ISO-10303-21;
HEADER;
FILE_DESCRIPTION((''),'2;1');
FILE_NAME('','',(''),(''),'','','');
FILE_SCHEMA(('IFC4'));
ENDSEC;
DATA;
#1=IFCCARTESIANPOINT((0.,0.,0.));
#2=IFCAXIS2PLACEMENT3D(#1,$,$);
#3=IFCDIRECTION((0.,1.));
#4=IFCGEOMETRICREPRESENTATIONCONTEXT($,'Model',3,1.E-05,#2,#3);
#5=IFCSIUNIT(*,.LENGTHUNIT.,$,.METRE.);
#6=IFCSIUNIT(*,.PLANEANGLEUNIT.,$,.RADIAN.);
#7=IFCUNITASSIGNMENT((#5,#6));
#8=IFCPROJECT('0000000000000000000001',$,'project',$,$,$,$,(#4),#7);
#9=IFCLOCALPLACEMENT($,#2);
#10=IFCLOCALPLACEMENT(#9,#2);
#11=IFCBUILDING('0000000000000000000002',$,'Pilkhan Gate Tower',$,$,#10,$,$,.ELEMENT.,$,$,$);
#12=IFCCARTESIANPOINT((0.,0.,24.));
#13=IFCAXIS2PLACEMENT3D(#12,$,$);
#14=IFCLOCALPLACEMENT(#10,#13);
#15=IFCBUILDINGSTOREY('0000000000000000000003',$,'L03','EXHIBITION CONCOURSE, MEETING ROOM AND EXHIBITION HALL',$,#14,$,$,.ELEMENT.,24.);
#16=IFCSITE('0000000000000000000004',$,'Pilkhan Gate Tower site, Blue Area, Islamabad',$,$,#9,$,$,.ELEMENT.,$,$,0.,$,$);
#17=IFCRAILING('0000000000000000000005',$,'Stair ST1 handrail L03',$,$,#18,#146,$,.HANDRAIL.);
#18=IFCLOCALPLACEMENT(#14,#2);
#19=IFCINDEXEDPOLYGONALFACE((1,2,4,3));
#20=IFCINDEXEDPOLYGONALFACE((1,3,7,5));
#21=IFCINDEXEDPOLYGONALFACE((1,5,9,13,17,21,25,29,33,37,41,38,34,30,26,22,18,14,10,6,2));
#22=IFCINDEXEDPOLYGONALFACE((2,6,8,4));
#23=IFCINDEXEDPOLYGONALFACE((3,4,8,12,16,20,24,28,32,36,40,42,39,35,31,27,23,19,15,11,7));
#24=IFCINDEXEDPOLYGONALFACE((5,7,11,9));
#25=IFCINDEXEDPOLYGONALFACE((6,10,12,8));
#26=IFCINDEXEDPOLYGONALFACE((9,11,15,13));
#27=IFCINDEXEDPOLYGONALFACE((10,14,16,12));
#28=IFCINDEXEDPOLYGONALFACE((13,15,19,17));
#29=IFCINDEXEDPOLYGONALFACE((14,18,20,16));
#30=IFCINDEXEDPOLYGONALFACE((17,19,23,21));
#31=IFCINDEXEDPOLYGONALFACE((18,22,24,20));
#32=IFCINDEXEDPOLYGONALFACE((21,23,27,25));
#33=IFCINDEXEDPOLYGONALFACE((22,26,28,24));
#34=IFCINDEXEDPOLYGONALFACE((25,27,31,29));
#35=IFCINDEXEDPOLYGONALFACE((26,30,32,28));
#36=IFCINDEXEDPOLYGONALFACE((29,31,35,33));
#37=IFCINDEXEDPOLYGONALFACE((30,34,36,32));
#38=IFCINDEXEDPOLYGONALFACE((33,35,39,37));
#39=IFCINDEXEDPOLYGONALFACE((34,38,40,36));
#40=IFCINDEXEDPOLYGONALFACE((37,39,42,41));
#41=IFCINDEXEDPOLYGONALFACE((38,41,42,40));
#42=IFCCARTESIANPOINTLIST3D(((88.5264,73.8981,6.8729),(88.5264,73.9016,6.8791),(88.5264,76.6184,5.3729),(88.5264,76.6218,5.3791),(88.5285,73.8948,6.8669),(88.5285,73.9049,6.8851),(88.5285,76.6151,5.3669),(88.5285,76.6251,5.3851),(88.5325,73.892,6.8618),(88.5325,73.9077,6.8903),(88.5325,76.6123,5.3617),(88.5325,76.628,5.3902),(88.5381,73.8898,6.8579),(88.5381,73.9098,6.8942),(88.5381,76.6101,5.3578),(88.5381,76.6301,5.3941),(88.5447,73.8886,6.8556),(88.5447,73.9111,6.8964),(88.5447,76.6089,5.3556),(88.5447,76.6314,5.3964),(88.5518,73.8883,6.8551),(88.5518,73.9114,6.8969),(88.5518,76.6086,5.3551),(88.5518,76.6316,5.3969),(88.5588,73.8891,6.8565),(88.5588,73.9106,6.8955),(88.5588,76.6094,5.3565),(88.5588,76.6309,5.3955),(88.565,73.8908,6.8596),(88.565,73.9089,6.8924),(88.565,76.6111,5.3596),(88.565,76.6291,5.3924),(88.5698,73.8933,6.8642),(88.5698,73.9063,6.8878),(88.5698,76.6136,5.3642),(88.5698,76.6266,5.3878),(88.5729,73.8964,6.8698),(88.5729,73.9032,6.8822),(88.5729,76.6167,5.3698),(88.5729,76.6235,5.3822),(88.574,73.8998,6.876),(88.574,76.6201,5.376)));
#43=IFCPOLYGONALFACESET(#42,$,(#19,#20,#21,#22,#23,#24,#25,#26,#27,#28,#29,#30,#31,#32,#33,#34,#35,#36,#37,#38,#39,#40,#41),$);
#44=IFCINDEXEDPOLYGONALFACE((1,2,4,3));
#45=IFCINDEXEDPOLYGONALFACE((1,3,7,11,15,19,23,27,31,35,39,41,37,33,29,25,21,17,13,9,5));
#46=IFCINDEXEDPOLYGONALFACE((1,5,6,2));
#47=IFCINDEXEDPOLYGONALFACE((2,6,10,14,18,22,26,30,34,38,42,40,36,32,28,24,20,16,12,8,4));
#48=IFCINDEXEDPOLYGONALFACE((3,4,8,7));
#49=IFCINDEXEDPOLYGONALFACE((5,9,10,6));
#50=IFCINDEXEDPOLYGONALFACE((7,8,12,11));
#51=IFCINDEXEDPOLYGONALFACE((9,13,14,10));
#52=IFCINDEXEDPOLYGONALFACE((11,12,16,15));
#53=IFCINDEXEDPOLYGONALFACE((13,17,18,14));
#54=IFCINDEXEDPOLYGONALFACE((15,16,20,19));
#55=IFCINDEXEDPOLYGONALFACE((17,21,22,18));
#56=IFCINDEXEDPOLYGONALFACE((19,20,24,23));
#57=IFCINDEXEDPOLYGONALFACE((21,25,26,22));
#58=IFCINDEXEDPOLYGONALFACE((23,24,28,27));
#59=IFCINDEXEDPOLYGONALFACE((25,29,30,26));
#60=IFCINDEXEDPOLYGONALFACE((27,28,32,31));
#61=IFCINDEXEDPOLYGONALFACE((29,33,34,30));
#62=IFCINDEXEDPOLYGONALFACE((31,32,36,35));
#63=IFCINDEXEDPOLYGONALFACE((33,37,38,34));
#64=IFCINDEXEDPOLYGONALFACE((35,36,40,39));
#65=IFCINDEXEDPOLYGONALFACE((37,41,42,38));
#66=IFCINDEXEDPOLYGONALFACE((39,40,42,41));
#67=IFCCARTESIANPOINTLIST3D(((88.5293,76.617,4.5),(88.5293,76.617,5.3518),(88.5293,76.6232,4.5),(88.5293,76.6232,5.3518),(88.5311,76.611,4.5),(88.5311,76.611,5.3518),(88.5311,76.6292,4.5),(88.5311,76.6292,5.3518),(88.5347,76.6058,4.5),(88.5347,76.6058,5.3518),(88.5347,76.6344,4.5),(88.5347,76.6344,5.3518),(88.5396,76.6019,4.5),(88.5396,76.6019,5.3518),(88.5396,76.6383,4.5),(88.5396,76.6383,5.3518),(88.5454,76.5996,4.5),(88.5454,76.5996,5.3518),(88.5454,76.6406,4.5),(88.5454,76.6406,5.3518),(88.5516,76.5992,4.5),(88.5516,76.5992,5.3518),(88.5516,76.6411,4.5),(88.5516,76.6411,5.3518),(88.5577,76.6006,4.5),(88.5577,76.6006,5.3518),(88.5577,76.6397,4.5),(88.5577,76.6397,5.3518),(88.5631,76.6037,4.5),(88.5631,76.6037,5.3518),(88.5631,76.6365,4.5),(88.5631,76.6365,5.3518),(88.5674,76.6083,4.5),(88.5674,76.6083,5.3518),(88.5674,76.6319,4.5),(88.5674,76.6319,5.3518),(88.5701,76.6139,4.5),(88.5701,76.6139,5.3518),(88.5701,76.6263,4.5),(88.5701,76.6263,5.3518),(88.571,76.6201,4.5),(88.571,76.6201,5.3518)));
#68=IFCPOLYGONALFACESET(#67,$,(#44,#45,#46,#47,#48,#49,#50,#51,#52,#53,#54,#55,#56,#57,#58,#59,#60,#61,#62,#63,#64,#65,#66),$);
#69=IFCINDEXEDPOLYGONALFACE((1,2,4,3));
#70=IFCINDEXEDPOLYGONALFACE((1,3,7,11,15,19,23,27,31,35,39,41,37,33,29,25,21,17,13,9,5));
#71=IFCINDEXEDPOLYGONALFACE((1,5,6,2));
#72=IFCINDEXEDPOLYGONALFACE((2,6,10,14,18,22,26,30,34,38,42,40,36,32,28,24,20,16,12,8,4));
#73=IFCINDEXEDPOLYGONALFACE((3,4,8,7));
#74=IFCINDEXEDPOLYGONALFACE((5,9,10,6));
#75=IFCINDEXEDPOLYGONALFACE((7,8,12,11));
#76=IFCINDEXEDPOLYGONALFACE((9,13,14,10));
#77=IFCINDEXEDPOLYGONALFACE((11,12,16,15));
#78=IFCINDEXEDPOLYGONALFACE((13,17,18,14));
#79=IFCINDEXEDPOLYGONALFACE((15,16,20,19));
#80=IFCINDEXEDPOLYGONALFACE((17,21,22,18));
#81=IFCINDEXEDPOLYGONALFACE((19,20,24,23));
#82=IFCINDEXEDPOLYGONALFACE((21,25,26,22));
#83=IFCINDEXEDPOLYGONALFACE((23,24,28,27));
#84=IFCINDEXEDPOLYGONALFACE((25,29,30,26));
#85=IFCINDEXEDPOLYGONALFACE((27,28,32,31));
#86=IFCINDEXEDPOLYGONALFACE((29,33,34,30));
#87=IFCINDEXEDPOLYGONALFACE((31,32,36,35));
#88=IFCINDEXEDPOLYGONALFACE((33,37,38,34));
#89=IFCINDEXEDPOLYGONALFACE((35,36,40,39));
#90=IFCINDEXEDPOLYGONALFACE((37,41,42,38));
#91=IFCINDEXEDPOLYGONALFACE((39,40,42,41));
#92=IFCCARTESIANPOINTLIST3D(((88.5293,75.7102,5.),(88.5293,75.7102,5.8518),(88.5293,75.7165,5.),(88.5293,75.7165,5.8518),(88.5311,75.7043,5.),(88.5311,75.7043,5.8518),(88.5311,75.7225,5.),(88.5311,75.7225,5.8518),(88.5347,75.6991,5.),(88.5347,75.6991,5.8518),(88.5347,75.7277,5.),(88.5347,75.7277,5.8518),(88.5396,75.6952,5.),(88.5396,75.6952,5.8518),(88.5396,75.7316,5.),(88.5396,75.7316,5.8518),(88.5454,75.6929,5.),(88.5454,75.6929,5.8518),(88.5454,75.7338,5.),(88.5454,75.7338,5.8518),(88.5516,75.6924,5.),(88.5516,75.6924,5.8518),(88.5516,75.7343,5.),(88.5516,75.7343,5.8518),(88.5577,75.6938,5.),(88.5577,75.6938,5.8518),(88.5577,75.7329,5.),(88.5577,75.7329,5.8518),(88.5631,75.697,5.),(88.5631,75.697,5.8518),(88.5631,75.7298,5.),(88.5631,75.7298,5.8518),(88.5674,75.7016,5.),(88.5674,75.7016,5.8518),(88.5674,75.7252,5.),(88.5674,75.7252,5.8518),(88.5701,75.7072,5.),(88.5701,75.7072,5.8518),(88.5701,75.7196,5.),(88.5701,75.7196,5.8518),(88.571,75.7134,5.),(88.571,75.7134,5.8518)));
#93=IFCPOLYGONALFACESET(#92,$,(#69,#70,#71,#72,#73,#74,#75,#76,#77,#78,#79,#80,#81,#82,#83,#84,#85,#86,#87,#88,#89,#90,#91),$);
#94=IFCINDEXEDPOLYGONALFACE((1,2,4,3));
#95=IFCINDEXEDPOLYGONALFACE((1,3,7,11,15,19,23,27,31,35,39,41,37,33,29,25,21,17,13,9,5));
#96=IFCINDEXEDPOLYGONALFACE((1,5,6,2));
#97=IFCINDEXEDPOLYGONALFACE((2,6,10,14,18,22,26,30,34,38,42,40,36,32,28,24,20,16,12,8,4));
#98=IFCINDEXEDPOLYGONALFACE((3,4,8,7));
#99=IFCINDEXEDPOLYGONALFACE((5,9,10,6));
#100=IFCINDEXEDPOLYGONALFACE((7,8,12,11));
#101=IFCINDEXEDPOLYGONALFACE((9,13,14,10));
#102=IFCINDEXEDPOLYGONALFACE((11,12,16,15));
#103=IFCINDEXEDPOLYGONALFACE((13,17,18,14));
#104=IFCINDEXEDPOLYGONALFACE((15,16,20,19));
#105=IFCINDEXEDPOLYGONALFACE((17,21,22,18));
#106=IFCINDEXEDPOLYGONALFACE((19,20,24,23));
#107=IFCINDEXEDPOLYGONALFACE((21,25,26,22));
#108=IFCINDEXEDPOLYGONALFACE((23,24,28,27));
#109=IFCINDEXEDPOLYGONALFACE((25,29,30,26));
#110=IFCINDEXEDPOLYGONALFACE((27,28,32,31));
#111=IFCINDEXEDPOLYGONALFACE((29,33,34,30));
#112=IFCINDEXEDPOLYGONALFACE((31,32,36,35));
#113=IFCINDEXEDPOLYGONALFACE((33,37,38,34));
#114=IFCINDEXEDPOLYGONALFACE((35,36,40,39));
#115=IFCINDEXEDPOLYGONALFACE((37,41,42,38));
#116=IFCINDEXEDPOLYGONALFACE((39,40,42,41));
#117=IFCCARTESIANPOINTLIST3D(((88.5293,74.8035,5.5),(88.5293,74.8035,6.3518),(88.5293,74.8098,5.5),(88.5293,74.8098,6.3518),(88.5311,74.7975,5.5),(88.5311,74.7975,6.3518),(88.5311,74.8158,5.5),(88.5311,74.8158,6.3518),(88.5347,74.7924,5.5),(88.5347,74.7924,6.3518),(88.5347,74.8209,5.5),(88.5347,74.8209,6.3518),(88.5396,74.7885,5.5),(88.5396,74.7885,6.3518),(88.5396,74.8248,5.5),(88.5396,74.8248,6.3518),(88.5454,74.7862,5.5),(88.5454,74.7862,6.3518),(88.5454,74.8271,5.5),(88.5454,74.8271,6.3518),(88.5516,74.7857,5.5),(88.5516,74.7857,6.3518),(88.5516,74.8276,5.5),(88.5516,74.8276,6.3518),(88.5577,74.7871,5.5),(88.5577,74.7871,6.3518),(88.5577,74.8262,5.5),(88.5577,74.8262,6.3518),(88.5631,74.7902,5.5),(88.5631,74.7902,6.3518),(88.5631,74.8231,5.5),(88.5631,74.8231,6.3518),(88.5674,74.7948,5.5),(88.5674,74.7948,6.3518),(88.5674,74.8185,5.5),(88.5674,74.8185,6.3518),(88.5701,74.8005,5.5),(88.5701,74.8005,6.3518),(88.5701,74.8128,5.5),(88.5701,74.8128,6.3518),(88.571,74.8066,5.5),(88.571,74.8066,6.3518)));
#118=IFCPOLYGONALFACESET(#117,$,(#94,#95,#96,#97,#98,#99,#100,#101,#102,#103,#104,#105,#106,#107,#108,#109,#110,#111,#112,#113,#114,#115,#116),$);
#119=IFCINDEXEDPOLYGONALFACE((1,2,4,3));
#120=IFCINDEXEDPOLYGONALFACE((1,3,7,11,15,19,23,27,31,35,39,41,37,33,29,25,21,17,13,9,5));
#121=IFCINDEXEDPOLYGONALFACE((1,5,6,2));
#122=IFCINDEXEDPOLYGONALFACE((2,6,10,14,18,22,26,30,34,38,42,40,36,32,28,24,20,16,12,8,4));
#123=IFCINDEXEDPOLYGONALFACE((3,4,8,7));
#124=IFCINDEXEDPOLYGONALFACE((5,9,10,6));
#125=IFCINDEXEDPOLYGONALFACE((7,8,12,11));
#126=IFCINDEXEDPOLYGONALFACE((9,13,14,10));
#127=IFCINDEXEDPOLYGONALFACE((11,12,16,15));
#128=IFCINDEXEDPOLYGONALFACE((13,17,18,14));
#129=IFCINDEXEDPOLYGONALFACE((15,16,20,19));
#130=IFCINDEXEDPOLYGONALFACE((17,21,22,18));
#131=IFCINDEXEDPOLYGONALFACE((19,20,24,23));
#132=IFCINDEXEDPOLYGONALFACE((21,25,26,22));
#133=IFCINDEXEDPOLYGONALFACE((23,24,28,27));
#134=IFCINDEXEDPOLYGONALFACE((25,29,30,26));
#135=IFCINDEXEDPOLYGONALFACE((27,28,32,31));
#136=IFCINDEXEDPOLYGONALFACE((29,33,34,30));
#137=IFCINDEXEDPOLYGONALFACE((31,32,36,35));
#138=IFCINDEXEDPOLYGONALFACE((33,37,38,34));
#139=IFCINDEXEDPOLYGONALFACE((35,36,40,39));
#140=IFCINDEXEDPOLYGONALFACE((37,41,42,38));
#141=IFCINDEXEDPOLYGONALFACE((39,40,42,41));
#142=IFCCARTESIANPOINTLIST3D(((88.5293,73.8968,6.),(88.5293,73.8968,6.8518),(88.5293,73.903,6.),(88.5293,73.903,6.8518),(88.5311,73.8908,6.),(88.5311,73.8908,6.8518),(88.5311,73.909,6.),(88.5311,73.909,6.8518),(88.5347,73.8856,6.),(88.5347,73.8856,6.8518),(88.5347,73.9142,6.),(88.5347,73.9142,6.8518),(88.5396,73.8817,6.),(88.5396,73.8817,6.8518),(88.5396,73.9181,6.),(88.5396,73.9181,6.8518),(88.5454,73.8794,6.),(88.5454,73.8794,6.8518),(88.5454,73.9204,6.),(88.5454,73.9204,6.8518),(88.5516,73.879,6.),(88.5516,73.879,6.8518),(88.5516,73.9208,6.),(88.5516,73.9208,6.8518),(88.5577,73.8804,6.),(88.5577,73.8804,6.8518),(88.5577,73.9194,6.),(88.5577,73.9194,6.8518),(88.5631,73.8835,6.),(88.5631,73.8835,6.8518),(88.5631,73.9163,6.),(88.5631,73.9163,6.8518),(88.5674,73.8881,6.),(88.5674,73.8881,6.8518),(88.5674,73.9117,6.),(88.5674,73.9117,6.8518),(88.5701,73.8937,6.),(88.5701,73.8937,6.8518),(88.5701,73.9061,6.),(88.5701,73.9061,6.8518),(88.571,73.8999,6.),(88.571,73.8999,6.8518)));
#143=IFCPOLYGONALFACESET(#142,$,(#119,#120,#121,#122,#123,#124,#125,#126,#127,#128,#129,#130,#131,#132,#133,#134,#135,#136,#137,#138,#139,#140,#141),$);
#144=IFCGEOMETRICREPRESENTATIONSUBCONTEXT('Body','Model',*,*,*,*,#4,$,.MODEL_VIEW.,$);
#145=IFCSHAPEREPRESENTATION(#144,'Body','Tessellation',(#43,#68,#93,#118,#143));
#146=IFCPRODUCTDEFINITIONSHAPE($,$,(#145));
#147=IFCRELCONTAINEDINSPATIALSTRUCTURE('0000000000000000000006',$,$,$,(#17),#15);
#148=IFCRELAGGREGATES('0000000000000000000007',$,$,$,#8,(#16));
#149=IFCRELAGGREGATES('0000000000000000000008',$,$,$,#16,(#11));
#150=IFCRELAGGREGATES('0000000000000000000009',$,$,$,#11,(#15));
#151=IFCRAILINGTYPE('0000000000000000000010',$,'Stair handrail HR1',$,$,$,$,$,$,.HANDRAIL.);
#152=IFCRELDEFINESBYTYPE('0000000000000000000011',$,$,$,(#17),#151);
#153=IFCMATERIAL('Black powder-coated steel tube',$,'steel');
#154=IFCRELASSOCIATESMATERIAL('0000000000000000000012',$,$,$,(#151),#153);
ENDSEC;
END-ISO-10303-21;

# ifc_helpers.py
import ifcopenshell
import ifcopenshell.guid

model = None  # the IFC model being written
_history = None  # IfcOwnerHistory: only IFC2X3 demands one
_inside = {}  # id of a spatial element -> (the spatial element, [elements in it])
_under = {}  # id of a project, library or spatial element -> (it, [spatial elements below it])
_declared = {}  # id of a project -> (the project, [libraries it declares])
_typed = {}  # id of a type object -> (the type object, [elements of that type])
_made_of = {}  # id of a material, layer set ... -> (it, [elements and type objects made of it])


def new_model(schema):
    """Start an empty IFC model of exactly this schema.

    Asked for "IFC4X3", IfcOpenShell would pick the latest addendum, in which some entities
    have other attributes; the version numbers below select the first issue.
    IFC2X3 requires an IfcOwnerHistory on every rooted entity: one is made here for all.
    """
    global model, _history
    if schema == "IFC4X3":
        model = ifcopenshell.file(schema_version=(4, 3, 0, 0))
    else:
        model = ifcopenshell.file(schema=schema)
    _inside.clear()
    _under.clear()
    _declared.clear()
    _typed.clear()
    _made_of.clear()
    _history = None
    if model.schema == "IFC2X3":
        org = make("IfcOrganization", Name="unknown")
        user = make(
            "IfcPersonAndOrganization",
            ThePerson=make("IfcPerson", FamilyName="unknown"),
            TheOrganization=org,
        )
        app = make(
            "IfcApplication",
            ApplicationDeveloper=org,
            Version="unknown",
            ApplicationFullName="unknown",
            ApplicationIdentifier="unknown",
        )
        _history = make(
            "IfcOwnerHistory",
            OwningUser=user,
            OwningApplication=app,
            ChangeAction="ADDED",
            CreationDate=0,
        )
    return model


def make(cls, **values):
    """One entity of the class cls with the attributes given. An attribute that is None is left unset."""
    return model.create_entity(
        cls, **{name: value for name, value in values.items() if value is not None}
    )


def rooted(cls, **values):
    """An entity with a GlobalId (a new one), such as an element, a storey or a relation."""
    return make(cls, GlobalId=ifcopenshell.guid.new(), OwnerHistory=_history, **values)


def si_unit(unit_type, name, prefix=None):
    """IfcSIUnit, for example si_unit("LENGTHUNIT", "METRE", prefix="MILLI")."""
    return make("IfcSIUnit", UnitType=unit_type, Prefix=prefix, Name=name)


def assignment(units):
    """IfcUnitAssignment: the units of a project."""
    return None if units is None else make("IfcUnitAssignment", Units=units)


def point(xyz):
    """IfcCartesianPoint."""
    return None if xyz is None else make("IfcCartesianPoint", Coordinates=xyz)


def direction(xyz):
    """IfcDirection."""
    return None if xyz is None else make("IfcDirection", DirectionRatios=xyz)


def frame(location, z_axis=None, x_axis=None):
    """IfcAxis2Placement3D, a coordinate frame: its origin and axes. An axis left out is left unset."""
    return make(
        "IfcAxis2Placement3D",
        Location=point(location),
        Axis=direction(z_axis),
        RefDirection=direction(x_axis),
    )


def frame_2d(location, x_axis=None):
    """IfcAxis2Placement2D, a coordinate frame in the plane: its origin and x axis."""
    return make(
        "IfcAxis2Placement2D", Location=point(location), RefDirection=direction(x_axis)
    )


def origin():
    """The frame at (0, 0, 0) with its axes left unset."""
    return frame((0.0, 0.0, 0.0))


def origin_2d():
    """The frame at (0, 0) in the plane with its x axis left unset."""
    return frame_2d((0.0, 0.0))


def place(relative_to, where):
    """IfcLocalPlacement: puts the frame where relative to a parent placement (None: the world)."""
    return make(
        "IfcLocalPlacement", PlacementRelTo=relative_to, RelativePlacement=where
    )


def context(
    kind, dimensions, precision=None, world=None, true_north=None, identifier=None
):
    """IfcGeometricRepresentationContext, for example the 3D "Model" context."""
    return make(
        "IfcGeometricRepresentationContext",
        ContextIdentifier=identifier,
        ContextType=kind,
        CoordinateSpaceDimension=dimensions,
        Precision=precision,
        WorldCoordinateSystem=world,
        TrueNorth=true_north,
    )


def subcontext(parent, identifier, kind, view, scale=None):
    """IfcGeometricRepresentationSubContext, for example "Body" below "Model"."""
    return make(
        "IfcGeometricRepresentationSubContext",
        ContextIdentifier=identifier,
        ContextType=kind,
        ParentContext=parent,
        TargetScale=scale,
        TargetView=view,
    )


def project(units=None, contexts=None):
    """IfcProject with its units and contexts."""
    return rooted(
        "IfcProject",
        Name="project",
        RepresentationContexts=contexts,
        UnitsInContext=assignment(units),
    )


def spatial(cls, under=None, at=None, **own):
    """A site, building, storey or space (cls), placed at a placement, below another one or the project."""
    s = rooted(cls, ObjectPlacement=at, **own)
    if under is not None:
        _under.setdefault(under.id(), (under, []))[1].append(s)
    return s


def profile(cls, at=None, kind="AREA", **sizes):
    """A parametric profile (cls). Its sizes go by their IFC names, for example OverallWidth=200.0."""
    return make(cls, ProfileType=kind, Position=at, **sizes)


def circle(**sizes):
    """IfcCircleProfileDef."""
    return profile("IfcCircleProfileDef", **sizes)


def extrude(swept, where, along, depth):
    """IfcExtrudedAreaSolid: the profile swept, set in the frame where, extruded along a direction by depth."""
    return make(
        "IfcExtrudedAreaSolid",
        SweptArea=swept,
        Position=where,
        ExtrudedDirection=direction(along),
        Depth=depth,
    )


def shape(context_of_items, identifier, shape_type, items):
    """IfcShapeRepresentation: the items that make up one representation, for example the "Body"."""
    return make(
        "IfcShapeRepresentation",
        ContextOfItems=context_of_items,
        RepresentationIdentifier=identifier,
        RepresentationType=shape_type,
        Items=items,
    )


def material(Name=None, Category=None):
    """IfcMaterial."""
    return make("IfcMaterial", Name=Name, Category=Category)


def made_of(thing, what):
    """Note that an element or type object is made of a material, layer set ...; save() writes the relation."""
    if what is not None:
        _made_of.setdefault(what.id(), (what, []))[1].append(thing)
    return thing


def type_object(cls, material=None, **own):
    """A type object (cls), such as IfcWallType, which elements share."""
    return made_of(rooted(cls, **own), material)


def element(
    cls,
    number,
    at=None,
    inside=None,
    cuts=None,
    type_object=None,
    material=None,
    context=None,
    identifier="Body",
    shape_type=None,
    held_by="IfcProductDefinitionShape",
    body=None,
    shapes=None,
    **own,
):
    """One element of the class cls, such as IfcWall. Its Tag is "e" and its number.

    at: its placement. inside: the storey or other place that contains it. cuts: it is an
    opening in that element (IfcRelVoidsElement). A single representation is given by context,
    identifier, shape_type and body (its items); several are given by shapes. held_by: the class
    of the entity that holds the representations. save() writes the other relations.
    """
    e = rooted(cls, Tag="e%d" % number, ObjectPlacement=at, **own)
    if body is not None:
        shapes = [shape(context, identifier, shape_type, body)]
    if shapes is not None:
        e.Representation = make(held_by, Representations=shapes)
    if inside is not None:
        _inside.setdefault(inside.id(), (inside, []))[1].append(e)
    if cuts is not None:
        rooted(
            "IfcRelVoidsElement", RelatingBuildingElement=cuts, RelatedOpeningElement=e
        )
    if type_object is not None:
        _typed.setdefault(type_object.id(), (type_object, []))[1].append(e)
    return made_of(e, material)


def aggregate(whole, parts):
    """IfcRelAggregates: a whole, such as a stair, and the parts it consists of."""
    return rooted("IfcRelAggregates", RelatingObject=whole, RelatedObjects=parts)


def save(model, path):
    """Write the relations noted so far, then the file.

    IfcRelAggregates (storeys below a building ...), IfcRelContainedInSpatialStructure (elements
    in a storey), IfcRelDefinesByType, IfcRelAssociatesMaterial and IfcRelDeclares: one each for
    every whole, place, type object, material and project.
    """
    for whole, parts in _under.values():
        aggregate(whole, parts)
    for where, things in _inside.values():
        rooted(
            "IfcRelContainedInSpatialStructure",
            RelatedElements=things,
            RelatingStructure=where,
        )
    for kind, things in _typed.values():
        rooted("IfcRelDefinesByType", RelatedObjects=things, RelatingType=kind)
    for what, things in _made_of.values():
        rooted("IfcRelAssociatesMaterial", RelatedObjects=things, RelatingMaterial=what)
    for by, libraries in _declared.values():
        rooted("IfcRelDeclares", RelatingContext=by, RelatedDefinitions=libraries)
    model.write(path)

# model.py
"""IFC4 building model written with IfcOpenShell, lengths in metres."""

from ifc_helpers import new_model, si_unit, direction, frame, origin, origin_2d, place, context, subcontext, project, spatial, circle, extrude, material, type_object, element, save


model = new_model("IFC4")

# Units and contexts
model_context = context("Model", 3, precision=1e-05, world=origin(), true_north=direction((0.0, 1.0)))
body_context = subcontext(model_context, "Body", "Model", "MODEL_VIEW")
ifc_project = project(units=[si_unit("LENGTHUNIT", "METRE"), si_unit("PLANEANGLEUNIT", "RADIAN")], contexts=[model_context])

# Site, building, storey
site_placement = place(None, origin())
site = spatial("IfcSite", under=ifc_project, at=site_placement, Name="Pilkhan Gate Tower site, Blue Area, Islamabad", CompositionType="ELEMENT", RefElevation=0.0)
building_placement = place(site_placement, origin())
building = spatial("IfcBuilding", under=site, at=building_placement, Name="Pilkhan Gate Tower", CompositionType="ELEMENT")
storey_placement = place(building_placement, frame((0.0, 0.0, 24.0)))
storey = spatial("IfcBuildingStorey", under=building, at=storey_placement, Name="L03", Description="EXHIBITION CONCOURSE, MEETING ROOM AND EXHIBITION HALL", CompositionType="ELEMENT", Elevation=24.0)

# Railing
ifc_material_1 = material(Name="Black powder-coated steel tube", Category="steel")
railing_type_1 = type_object("IfcRailingType", Name="Stair handrail HR1", PredefinedType="HANDRAIL", material=ifc_material_1)
for number, where, name in (
    (1, (88.55, 76.6201, 4.5), "Stair ST1 handrail L03"),
):
    element("IfcRailing", number, at=place(storey_placement, frame(where)), inside=storey, type_object=railing_type_1, Name=name, PredefinedType="HANDRAIL", context=body_context, shape_type="SweptSolid", body=[
        extrude(circle(Radius=0.0239, at=origin_2d()), frame((0.0, 0.0, 0.876), z_axis=(0.0, -0.875688, 0.482878), x_axis=(1.0, 0.0, 0.0)), (0.0, 0.0, 1.0), 3.1064),
        extrude(circle(Radius=0.021, at=origin_2d()), origin(), (0.0, 0.0, 1.0), 0.8518),
        extrude(circle(Radius=0.021, at=origin_2d()), frame((0.0, -0.9067, 0.5)), (0.0, 0.0, 1.0), 0.8518),
        extrude(circle(Radius=0.021, at=origin_2d()), frame((0.0, -1.8135, 1.0)), (0.0, 0.0, 1.0), 0.8518),
        extrude(circle(Radius=0.021, at=origin_2d()), frame((0.0, -2.7202, 1.5)), (0.0, 0.0, 1.0), 0.8518),
    ])

save(model, "model.ifc")
